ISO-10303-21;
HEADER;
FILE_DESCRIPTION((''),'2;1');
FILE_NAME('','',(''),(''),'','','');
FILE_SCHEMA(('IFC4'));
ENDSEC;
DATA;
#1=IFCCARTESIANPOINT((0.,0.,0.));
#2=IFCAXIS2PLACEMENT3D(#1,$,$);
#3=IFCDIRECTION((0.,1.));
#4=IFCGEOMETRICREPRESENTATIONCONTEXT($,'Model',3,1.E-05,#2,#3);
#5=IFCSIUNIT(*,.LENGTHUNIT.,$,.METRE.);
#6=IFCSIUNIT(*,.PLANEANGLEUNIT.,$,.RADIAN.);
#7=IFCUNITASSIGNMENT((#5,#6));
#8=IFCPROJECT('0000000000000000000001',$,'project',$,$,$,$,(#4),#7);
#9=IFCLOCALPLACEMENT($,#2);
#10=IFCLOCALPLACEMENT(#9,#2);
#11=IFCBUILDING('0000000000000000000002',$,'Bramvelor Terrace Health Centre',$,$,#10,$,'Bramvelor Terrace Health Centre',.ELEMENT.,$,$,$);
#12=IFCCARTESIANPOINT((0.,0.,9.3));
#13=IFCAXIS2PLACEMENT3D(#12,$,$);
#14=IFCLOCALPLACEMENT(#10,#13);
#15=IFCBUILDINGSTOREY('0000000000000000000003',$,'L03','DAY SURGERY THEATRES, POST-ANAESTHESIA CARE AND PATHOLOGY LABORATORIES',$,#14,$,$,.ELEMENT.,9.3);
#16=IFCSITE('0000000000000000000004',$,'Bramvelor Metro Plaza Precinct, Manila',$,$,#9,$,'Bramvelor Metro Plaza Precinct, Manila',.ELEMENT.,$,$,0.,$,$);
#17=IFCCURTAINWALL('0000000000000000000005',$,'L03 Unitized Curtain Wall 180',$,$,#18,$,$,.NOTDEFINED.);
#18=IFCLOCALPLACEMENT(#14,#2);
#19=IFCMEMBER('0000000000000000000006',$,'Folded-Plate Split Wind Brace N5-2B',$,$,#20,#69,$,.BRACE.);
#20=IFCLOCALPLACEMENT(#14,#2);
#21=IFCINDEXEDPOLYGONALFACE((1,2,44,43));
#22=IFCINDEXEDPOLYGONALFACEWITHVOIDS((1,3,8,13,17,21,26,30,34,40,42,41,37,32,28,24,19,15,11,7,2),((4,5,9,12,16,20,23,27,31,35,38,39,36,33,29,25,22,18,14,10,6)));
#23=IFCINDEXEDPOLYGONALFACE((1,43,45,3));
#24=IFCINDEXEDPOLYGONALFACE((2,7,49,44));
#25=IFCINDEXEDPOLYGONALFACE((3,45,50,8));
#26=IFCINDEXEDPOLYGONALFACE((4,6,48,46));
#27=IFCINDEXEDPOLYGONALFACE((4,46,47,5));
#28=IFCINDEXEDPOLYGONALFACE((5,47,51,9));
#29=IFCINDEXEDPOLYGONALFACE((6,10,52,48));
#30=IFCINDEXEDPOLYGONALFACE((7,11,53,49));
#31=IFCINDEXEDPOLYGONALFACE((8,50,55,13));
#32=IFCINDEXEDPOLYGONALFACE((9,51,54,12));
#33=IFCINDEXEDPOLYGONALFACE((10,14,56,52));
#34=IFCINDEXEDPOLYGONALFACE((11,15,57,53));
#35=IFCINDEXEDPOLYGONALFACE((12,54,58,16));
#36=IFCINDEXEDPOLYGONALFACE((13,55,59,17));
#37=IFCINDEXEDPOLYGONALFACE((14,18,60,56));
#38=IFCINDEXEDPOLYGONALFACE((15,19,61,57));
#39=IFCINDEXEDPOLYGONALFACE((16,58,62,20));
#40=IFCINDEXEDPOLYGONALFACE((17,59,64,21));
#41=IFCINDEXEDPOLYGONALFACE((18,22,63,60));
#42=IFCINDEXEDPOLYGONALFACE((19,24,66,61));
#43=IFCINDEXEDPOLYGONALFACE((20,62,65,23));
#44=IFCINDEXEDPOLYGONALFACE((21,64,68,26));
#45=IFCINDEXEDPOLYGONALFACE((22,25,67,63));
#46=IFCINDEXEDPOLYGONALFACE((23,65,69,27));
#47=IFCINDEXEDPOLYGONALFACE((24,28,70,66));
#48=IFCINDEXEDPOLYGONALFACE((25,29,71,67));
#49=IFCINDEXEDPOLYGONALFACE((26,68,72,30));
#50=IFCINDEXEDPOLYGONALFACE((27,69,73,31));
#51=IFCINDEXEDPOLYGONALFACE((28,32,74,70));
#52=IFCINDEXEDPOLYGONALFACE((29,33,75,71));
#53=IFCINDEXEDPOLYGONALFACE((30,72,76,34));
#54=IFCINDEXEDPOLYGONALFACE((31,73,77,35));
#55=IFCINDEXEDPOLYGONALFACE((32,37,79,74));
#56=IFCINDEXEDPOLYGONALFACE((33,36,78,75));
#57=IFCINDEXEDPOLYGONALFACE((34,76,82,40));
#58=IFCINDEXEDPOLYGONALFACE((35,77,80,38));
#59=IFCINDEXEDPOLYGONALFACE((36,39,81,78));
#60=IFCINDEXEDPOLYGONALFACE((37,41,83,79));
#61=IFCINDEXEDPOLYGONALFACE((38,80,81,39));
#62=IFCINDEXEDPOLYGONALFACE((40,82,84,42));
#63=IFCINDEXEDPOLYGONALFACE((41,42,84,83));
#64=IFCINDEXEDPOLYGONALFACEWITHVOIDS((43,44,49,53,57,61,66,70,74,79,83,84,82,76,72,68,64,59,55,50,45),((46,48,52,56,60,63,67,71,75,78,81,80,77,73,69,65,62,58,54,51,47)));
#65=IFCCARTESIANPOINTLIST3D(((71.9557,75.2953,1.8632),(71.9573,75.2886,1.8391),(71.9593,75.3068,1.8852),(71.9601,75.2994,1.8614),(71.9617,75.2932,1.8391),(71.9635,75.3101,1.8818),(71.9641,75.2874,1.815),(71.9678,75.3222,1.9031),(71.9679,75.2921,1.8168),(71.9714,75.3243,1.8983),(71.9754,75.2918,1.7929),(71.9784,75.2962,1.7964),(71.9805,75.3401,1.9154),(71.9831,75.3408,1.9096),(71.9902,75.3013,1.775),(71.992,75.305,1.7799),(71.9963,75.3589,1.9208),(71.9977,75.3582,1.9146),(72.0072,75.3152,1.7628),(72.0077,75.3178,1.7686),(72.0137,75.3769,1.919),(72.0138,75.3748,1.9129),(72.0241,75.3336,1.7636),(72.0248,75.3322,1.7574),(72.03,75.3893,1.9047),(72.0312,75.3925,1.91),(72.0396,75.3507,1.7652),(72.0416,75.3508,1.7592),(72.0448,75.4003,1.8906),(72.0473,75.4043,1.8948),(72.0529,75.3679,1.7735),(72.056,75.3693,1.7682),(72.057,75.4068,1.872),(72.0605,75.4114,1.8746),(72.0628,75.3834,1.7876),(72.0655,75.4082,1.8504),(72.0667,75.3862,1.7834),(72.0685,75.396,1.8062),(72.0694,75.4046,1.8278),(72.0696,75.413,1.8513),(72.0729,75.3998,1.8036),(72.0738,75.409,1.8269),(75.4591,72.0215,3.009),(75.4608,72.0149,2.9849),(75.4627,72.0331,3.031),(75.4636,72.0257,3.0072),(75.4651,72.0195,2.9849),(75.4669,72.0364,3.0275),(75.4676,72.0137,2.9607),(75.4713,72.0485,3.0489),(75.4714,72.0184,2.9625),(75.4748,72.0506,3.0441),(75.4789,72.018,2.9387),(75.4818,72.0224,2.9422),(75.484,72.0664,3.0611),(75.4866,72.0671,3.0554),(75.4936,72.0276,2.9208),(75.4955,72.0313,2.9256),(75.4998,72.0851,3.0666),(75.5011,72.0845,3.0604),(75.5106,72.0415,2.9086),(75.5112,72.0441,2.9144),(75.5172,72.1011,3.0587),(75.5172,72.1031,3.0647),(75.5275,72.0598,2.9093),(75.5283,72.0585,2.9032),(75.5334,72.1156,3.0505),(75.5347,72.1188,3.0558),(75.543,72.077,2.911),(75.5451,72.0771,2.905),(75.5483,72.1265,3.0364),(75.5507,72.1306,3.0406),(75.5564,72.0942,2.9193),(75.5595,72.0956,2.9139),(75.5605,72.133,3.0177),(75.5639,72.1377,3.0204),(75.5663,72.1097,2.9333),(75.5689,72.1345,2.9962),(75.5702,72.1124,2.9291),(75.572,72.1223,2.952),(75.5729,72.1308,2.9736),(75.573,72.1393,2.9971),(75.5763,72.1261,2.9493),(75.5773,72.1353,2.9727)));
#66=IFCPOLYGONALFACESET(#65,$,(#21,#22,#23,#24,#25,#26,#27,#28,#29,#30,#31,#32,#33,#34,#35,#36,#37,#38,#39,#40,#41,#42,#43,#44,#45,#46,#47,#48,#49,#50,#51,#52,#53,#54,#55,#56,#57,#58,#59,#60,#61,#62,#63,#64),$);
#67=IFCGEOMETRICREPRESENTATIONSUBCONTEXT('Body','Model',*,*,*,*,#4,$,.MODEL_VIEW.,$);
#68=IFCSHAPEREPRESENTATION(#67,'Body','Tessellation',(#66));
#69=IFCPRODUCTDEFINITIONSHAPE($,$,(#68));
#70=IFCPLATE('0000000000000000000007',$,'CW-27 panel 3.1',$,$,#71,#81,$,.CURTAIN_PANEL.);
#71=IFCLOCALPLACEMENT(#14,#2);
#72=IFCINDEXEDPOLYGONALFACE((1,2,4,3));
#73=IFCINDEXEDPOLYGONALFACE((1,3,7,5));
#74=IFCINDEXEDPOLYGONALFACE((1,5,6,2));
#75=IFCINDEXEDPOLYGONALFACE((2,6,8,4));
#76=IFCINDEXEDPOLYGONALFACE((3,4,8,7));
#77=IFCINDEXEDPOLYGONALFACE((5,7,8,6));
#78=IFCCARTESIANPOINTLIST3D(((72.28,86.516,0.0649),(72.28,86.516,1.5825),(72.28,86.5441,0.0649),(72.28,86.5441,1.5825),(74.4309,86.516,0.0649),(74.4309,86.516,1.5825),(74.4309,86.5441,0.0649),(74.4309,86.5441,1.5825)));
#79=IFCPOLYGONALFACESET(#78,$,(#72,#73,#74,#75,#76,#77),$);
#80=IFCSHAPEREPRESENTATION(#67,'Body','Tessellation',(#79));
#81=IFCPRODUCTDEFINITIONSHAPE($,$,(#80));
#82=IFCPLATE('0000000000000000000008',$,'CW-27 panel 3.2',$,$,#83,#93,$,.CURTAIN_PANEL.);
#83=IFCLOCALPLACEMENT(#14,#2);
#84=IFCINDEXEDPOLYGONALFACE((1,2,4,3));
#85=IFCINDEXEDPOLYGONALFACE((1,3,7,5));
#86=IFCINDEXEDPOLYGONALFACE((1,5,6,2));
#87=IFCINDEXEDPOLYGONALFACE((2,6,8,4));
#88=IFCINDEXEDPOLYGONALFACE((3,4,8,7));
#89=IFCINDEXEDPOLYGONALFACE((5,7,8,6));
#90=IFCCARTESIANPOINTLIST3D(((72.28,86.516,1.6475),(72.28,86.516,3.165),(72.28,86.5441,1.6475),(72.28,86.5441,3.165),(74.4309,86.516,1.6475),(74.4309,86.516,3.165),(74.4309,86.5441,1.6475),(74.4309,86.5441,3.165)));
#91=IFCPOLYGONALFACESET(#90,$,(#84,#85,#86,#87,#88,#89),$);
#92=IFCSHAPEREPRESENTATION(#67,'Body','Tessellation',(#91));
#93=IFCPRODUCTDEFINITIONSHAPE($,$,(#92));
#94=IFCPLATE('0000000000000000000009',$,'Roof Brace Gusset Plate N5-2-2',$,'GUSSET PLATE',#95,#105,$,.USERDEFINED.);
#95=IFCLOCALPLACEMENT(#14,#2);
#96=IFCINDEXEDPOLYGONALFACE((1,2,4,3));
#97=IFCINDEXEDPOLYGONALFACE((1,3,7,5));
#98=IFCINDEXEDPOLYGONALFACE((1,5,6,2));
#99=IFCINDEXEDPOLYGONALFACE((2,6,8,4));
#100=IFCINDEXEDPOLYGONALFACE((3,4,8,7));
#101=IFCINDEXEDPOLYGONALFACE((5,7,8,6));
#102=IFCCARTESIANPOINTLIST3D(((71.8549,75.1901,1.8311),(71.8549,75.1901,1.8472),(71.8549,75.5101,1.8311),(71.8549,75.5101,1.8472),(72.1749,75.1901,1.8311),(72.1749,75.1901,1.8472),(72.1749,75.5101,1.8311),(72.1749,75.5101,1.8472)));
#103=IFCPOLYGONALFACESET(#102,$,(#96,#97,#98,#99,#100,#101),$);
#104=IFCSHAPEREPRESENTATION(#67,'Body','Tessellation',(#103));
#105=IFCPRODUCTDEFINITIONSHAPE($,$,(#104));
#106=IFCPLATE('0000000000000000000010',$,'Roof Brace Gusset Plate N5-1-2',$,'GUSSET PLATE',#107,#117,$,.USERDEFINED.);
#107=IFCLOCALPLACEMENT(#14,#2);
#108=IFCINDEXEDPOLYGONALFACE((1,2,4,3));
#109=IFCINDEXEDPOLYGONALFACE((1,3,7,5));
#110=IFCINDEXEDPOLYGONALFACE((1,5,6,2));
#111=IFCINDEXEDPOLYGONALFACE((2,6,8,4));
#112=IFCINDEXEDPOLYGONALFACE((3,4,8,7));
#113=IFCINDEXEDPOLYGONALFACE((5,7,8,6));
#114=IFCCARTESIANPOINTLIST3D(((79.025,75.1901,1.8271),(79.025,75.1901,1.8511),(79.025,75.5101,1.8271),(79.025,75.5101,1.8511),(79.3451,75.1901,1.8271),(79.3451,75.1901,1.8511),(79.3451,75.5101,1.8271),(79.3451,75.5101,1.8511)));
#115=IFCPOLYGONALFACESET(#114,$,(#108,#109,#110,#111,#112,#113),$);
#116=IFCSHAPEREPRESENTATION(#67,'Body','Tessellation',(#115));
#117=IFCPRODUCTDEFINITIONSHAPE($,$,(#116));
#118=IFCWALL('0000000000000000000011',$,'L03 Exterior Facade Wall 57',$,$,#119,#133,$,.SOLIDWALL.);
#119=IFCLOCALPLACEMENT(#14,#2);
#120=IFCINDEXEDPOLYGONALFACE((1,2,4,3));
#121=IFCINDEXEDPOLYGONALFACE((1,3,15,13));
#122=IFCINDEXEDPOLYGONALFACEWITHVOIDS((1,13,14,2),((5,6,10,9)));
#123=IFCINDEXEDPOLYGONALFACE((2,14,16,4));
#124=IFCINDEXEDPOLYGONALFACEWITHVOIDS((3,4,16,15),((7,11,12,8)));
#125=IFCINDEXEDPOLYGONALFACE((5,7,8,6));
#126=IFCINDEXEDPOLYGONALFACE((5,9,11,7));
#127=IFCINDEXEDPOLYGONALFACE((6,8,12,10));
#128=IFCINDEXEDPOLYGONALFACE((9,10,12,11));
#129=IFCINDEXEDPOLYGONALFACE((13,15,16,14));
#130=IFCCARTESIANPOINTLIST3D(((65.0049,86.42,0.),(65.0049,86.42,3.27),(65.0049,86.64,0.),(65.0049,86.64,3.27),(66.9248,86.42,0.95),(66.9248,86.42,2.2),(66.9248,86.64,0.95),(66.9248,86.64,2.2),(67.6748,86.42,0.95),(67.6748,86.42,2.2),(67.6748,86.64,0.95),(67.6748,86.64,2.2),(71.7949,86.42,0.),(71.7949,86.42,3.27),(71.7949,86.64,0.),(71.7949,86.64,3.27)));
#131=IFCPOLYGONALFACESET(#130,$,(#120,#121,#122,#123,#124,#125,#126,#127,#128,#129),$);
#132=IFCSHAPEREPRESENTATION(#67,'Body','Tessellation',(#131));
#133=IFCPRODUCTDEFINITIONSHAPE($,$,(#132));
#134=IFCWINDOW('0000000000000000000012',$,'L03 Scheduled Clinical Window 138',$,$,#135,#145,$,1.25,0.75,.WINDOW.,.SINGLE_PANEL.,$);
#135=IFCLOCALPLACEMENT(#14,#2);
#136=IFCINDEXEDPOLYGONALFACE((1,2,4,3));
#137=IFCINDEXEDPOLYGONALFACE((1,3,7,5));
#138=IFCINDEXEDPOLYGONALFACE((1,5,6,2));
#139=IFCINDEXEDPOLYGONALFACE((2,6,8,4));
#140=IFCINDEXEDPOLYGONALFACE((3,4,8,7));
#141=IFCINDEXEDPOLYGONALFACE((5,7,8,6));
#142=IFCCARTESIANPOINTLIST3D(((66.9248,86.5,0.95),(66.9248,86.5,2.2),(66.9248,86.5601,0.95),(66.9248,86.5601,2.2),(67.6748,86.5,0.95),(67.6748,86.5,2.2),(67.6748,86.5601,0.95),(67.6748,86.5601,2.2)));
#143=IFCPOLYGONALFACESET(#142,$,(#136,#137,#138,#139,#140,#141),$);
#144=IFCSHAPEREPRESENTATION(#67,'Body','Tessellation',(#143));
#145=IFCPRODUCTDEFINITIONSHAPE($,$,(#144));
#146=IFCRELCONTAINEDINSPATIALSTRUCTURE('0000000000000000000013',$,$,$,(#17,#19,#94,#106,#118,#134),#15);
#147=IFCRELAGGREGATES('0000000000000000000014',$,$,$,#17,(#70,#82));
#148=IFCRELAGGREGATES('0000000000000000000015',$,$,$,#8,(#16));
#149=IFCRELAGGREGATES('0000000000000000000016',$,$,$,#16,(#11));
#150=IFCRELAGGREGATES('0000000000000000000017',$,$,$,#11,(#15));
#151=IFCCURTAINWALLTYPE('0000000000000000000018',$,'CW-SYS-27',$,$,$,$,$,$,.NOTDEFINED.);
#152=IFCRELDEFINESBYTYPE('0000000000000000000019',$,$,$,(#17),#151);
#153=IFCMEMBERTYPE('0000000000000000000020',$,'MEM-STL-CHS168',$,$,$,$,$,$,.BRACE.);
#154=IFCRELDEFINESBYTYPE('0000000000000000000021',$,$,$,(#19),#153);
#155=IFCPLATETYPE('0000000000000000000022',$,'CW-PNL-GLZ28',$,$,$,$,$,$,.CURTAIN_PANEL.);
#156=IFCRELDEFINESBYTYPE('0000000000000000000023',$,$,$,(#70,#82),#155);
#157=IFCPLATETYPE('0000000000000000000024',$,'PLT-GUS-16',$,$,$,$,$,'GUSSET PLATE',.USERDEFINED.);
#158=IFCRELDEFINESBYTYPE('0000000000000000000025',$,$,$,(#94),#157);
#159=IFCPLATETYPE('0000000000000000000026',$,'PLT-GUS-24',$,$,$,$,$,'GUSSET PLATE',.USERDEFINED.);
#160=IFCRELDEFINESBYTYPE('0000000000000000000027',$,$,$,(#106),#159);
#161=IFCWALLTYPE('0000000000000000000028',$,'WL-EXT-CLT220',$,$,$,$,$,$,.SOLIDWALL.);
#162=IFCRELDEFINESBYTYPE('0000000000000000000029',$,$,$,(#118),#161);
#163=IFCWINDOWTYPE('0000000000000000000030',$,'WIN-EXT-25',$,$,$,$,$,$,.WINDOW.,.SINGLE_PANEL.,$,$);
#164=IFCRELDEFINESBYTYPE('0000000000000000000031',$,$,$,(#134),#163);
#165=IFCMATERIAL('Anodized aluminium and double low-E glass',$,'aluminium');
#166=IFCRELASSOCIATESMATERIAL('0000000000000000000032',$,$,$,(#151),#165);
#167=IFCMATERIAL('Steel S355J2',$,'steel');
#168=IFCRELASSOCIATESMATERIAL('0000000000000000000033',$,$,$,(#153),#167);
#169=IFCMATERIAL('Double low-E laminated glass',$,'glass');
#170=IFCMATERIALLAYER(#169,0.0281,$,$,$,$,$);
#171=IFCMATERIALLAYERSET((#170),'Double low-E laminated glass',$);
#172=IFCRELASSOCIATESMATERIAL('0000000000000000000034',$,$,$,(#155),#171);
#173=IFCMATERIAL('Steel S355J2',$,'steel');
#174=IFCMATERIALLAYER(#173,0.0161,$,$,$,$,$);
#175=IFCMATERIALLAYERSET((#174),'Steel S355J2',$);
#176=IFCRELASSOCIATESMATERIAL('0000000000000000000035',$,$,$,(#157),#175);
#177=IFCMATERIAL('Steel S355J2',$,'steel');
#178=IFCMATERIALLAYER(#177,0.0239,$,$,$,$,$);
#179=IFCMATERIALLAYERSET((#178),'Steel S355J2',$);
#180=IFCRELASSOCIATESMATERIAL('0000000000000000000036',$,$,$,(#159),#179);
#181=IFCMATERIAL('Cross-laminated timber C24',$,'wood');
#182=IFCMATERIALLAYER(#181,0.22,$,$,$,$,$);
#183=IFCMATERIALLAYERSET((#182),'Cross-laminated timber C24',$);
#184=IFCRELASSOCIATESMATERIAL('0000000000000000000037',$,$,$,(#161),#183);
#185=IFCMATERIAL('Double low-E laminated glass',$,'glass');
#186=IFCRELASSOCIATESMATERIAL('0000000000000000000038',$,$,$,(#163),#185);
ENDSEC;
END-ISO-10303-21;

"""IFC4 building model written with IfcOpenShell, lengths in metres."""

from ifc_helpers import new_model, si_unit, direction, frame, frame_2d, origin, origin_2d, place, context, subcontext, project, spatial, rectangle, hollow_circle, extrude, material, layer, layer_set, material_profile, profile_set, type_object, element, fill, aggregate, save


model = new_model("IFC4")

# Units and contexts
model_context = context("Model", 3, precision=1e-05, world=origin(), true_north=direction((0.0, 1.0)))
body_context = subcontext(model_context, "Body", "Model", "MODEL_VIEW")
ifc_project = project(units=[si_unit("LENGTHUNIT", "METRE"), si_unit("PLANEANGLEUNIT", "RADIAN")], contexts=[model_context])

# Site, building, storey
site_placement = place(None, origin())
site = spatial("IfcSite", under=ifc_project, at=site_placement, Name="Bramvelor Metro Plaza Precinct, Manila", LongName="Bramvelor Metro Plaza Precinct, Manila", CompositionType="ELEMENT", RefElevation=0.0)
building_placement = place(site_placement, origin())
building = spatial("IfcBuilding", under=site, at=building_placement, Name="Bramvelor Terrace Health Centre", LongName="Bramvelor Terrace Health Centre", CompositionType="ELEMENT")
storey_placement = place(building_placement, frame((0.0, 0.0, 9.3)))
storey = spatial("IfcBuildingStorey", under=building, at=storey_placement, Name="L03", Description="DAY SURGERY THEATRES, POST-ANAESTHESIA CARE AND PATHOLOGY LABORATORIES", CompositionType="ELEMENT", Elevation=9.3)

# Curtain wall
ifc_material_1 = material(Name="Anodized aluminium and double low-E glass", Category="aluminium")
curtain_wall_type = type_object("IfcCurtainWallType", Name="CW-SYS-27", PredefinedType="NOTDEFINED", material=ifc_material_1)
curtain_wall_placement = place(storey_placement, origin())
curtain_wall = element("IfcCurtainWall", 1, at=curtain_wall_placement, inside=storey, type_object=curtain_wall_type, Name="L03 Unitized Curtain Wall 180", PredefinedType="NOTDEFINED")

# Member
ifc_material_2 = material(Name="Steel S355J2", Category="steel")
ifc_material_profile_1 = material_profile(ifc_material_2, hollow_circle(Radius=0.0842, WallThickness=0.0063, at=origin_2d()), Name="CHS 168.3x6.3")
ifc_profile_set_1 = profile_set([ifc_material_profile_1], Name="Steel S355J2")
member_type_1 = type_object("IfcMemberType", Name="MEM-STL-CHS168", PredefinedType="BRACE", material=ifc_profile_set_1)
member_1_placement = place(storey_placement, frame((75.5183, 72.0764, 2.9849), z_axis=(-0.71065, 0.66405, -0.23241), x_axis=(-0.682744, -0.730657, 0.0)))
element("IfcMember", 2, at=member_1_placement, inside=storey, type_object=member_type_1, Name="Folded-Plate Split Wind Brace N5-2B", PredefinedType="BRACE", context=body_context, shape_type="SweptSolid", body=[
    extrude(hollow_circle(Radius=0.0842, WallThickness=0.0063, at=origin_2d()), origin(), (0.0, 0.0, 1.0), 4.9299),
])

# Plates
ifc_material_3 = material(Name="Double low-E laminated glass", Category="glass")
ifc_layer_1 = layer(ifc_material_3, 0.0281)
ifc_layer_set_1 = layer_set([ifc_layer_1], Name="Double low-E laminated glass")
plate_type_1 = type_object("IfcPlateType", Name="CW-PNL-GLZ28", PredefinedType="CURTAIN_PANEL", material=ifc_layer_set_1)
plate_1_placement = place(storey_placement, frame((73.3555, 86.53, 0.0649), z_axis=(0.0, 0.0, 1.0), x_axis=(-1.0, 0.0, 0.0)))
plate_1 = element("IfcPlate", 3, at=plate_1_placement, type_object=plate_type_1, Name="CW-27 panel 3.1", PredefinedType="CURTAIN_PANEL", context=body_context, shape_type="SweptSolid", body=[
    extrude(rectangle(XDim=2.1509, YDim=0.0281, at=origin_2d()), origin(), (0.0, 0.0, 1.0), 1.5176),
])
plate_2_placement = place(storey_placement, frame((73.3555, 86.53, 1.6475), z_axis=(0.0, 0.0, 1.0), x_axis=(-1.0, 0.0, 0.0)))
plate_2 = element("IfcPlate", 4, at=plate_2_placement, type_object=plate_type_1, Name="CW-27 panel 3.2", PredefinedType="CURTAIN_PANEL", context=body_context, shape_type="SweptSolid", body=[
    extrude(rectangle(XDim=2.1509, YDim=0.0281, at=origin_2d()), origin(), (0.0, 0.0, 1.0), 1.5176),
])
aggregate(curtain_wall, [plate_1, plate_2])

# Plates
ifc_material_4 = material(Name="Steel S355J2", Category="steel")
ifc_layer_2 = layer(ifc_material_4, 0.0161)
ifc_layer_set_2 = layer_set([ifc_layer_2], Name="Steel S355J2")
plate_type_2 = type_object("IfcPlateType", Name="PLT-GUS-16", ElementType="GUSSET PLATE", PredefinedType="USERDEFINED", material=ifc_layer_set_2)
plate_3_placement = place(storey_placement, frame((72.0149, 75.3501, 1.8311), z_axis=(0.0, 0.0, 1.0), x_axis=(1.0, 0.0, 0.0)))
element("IfcPlate", 5, at=plate_3_placement, inside=storey, type_object=plate_type_2, Name="Roof Brace Gusset Plate N5-2-2", ObjectType="GUSSET PLATE", PredefinedType="USERDEFINED", context=body_context, shape_type="SweptSolid", body=[
    extrude(rectangle(XDim=0.3201, YDim=0.3201, at=origin_2d()), origin(), (0.0, 0.0, 1.0), 0.0161),
])
ifc_material_5 = material(Name="Steel S355J2", Category="steel")
ifc_layer_3 = layer(ifc_material_5, 0.0239)
ifc_layer_set_3 = layer_set([ifc_layer_3], Name="Steel S355J2")
plate_type_3 = type_object("IfcPlateType", Name="PLT-GUS-24", ElementType="GUSSET PLATE", PredefinedType="USERDEFINED", material=ifc_layer_set_3)
plate_4_placement = place(storey_placement, frame((79.1851, 75.3501, 1.8271), z_axis=(0.0, 0.0, 1.0), x_axis=(1.0, 0.0, 0.0)))
element("IfcPlate", 6, at=plate_4_placement, inside=storey, type_object=plate_type_3, Name="Roof Brace Gusset Plate N5-1-2", ObjectType="GUSSET PLATE", PredefinedType="USERDEFINED", context=body_context, shape_type="SweptSolid", body=[
    extrude(rectangle(XDim=0.3201, YDim=0.3201, at=origin_2d()), origin(), (0.0, 0.0, 1.0), 0.0239),
])

# Wall, opening, window
ifc_material_6 = material(Name="Cross-laminated timber C24", Category="wood")
ifc_layer_4 = layer(ifc_material_6, 0.22)
ifc_layer_set_4 = layer_set([ifc_layer_4], Name="Cross-laminated timber C24")
wall_type = type_object("IfcWallType", Name="WL-EXT-CLT220", PredefinedType="SOLIDWALL", material=ifc_layer_set_4)
wall_placement = place(storey_placement, frame((71.7949, 86.53, 0.0), z_axis=(0.0, 0.0, 1.0), x_axis=(-1.0, 0.0, 0.0)))
wall = element("IfcWall", 7, at=wall_placement, inside=storey, type_object=wall_type, Name="L03 Exterior Facade Wall 57", PredefinedType="SOLIDWALL", context=body_context, shape_type="SweptSolid", body=[
    extrude(rectangle(XDim=6.79, YDim=0.22, at=frame_2d((3.395, 0.0))), origin(), (0.0, 0.0, 1.0), 3.27),
])
opening_placement = place(wall_placement, frame((4.1201, 0.0, 0.95)))
opening = element("IfcOpeningElement", 8, at=opening_placement, cuts=wall, PredefinedType="OPENING", context=body_context, shape_type="SweptSolid", body=[
    extrude(rectangle(XDim=0.75, YDim=1.25, at=frame_2d((0.375, 0.625))), frame((0.0, 0.1199, 0.0), z_axis=(0.0, -1.0, 0.0), x_axis=(1.0, 0.0, 0.0)), (0.0, 0.0, 1.0), 0.24),
])
ifc_material_7 = material(Name="Double low-E laminated glass", Category="glass")
window_type = type_object("IfcWindowType", Name="WIN-EXT-25", PartitioningType="SINGLE_PANEL", PredefinedType="WINDOW", material=ifc_material_7)
window_placement = place(opening_placement, origin())
window = element("IfcWindow", 9, at=window_placement, inside=storey, type_object=window_type, Name="L03 Scheduled Clinical Window 138", OverallHeight=1.25, OverallWidth=0.75, PartitioningType="SINGLE_PANEL", PredefinedType="WINDOW", context=body_context, shape_type="SweptSolid", body=[
    extrude(rectangle(XDim=0.75, YDim=1.25, at=frame_2d((0.375, 0.625))), frame((0.0, 0.03, 0.0), z_axis=(0.0, -1.0, 0.0), x_axis=(1.0, 0.0, 0.0)), (0.0, 0.0, 1.0), 0.0601),
])
fill(opening, window)

save(model, "model.ifc")
